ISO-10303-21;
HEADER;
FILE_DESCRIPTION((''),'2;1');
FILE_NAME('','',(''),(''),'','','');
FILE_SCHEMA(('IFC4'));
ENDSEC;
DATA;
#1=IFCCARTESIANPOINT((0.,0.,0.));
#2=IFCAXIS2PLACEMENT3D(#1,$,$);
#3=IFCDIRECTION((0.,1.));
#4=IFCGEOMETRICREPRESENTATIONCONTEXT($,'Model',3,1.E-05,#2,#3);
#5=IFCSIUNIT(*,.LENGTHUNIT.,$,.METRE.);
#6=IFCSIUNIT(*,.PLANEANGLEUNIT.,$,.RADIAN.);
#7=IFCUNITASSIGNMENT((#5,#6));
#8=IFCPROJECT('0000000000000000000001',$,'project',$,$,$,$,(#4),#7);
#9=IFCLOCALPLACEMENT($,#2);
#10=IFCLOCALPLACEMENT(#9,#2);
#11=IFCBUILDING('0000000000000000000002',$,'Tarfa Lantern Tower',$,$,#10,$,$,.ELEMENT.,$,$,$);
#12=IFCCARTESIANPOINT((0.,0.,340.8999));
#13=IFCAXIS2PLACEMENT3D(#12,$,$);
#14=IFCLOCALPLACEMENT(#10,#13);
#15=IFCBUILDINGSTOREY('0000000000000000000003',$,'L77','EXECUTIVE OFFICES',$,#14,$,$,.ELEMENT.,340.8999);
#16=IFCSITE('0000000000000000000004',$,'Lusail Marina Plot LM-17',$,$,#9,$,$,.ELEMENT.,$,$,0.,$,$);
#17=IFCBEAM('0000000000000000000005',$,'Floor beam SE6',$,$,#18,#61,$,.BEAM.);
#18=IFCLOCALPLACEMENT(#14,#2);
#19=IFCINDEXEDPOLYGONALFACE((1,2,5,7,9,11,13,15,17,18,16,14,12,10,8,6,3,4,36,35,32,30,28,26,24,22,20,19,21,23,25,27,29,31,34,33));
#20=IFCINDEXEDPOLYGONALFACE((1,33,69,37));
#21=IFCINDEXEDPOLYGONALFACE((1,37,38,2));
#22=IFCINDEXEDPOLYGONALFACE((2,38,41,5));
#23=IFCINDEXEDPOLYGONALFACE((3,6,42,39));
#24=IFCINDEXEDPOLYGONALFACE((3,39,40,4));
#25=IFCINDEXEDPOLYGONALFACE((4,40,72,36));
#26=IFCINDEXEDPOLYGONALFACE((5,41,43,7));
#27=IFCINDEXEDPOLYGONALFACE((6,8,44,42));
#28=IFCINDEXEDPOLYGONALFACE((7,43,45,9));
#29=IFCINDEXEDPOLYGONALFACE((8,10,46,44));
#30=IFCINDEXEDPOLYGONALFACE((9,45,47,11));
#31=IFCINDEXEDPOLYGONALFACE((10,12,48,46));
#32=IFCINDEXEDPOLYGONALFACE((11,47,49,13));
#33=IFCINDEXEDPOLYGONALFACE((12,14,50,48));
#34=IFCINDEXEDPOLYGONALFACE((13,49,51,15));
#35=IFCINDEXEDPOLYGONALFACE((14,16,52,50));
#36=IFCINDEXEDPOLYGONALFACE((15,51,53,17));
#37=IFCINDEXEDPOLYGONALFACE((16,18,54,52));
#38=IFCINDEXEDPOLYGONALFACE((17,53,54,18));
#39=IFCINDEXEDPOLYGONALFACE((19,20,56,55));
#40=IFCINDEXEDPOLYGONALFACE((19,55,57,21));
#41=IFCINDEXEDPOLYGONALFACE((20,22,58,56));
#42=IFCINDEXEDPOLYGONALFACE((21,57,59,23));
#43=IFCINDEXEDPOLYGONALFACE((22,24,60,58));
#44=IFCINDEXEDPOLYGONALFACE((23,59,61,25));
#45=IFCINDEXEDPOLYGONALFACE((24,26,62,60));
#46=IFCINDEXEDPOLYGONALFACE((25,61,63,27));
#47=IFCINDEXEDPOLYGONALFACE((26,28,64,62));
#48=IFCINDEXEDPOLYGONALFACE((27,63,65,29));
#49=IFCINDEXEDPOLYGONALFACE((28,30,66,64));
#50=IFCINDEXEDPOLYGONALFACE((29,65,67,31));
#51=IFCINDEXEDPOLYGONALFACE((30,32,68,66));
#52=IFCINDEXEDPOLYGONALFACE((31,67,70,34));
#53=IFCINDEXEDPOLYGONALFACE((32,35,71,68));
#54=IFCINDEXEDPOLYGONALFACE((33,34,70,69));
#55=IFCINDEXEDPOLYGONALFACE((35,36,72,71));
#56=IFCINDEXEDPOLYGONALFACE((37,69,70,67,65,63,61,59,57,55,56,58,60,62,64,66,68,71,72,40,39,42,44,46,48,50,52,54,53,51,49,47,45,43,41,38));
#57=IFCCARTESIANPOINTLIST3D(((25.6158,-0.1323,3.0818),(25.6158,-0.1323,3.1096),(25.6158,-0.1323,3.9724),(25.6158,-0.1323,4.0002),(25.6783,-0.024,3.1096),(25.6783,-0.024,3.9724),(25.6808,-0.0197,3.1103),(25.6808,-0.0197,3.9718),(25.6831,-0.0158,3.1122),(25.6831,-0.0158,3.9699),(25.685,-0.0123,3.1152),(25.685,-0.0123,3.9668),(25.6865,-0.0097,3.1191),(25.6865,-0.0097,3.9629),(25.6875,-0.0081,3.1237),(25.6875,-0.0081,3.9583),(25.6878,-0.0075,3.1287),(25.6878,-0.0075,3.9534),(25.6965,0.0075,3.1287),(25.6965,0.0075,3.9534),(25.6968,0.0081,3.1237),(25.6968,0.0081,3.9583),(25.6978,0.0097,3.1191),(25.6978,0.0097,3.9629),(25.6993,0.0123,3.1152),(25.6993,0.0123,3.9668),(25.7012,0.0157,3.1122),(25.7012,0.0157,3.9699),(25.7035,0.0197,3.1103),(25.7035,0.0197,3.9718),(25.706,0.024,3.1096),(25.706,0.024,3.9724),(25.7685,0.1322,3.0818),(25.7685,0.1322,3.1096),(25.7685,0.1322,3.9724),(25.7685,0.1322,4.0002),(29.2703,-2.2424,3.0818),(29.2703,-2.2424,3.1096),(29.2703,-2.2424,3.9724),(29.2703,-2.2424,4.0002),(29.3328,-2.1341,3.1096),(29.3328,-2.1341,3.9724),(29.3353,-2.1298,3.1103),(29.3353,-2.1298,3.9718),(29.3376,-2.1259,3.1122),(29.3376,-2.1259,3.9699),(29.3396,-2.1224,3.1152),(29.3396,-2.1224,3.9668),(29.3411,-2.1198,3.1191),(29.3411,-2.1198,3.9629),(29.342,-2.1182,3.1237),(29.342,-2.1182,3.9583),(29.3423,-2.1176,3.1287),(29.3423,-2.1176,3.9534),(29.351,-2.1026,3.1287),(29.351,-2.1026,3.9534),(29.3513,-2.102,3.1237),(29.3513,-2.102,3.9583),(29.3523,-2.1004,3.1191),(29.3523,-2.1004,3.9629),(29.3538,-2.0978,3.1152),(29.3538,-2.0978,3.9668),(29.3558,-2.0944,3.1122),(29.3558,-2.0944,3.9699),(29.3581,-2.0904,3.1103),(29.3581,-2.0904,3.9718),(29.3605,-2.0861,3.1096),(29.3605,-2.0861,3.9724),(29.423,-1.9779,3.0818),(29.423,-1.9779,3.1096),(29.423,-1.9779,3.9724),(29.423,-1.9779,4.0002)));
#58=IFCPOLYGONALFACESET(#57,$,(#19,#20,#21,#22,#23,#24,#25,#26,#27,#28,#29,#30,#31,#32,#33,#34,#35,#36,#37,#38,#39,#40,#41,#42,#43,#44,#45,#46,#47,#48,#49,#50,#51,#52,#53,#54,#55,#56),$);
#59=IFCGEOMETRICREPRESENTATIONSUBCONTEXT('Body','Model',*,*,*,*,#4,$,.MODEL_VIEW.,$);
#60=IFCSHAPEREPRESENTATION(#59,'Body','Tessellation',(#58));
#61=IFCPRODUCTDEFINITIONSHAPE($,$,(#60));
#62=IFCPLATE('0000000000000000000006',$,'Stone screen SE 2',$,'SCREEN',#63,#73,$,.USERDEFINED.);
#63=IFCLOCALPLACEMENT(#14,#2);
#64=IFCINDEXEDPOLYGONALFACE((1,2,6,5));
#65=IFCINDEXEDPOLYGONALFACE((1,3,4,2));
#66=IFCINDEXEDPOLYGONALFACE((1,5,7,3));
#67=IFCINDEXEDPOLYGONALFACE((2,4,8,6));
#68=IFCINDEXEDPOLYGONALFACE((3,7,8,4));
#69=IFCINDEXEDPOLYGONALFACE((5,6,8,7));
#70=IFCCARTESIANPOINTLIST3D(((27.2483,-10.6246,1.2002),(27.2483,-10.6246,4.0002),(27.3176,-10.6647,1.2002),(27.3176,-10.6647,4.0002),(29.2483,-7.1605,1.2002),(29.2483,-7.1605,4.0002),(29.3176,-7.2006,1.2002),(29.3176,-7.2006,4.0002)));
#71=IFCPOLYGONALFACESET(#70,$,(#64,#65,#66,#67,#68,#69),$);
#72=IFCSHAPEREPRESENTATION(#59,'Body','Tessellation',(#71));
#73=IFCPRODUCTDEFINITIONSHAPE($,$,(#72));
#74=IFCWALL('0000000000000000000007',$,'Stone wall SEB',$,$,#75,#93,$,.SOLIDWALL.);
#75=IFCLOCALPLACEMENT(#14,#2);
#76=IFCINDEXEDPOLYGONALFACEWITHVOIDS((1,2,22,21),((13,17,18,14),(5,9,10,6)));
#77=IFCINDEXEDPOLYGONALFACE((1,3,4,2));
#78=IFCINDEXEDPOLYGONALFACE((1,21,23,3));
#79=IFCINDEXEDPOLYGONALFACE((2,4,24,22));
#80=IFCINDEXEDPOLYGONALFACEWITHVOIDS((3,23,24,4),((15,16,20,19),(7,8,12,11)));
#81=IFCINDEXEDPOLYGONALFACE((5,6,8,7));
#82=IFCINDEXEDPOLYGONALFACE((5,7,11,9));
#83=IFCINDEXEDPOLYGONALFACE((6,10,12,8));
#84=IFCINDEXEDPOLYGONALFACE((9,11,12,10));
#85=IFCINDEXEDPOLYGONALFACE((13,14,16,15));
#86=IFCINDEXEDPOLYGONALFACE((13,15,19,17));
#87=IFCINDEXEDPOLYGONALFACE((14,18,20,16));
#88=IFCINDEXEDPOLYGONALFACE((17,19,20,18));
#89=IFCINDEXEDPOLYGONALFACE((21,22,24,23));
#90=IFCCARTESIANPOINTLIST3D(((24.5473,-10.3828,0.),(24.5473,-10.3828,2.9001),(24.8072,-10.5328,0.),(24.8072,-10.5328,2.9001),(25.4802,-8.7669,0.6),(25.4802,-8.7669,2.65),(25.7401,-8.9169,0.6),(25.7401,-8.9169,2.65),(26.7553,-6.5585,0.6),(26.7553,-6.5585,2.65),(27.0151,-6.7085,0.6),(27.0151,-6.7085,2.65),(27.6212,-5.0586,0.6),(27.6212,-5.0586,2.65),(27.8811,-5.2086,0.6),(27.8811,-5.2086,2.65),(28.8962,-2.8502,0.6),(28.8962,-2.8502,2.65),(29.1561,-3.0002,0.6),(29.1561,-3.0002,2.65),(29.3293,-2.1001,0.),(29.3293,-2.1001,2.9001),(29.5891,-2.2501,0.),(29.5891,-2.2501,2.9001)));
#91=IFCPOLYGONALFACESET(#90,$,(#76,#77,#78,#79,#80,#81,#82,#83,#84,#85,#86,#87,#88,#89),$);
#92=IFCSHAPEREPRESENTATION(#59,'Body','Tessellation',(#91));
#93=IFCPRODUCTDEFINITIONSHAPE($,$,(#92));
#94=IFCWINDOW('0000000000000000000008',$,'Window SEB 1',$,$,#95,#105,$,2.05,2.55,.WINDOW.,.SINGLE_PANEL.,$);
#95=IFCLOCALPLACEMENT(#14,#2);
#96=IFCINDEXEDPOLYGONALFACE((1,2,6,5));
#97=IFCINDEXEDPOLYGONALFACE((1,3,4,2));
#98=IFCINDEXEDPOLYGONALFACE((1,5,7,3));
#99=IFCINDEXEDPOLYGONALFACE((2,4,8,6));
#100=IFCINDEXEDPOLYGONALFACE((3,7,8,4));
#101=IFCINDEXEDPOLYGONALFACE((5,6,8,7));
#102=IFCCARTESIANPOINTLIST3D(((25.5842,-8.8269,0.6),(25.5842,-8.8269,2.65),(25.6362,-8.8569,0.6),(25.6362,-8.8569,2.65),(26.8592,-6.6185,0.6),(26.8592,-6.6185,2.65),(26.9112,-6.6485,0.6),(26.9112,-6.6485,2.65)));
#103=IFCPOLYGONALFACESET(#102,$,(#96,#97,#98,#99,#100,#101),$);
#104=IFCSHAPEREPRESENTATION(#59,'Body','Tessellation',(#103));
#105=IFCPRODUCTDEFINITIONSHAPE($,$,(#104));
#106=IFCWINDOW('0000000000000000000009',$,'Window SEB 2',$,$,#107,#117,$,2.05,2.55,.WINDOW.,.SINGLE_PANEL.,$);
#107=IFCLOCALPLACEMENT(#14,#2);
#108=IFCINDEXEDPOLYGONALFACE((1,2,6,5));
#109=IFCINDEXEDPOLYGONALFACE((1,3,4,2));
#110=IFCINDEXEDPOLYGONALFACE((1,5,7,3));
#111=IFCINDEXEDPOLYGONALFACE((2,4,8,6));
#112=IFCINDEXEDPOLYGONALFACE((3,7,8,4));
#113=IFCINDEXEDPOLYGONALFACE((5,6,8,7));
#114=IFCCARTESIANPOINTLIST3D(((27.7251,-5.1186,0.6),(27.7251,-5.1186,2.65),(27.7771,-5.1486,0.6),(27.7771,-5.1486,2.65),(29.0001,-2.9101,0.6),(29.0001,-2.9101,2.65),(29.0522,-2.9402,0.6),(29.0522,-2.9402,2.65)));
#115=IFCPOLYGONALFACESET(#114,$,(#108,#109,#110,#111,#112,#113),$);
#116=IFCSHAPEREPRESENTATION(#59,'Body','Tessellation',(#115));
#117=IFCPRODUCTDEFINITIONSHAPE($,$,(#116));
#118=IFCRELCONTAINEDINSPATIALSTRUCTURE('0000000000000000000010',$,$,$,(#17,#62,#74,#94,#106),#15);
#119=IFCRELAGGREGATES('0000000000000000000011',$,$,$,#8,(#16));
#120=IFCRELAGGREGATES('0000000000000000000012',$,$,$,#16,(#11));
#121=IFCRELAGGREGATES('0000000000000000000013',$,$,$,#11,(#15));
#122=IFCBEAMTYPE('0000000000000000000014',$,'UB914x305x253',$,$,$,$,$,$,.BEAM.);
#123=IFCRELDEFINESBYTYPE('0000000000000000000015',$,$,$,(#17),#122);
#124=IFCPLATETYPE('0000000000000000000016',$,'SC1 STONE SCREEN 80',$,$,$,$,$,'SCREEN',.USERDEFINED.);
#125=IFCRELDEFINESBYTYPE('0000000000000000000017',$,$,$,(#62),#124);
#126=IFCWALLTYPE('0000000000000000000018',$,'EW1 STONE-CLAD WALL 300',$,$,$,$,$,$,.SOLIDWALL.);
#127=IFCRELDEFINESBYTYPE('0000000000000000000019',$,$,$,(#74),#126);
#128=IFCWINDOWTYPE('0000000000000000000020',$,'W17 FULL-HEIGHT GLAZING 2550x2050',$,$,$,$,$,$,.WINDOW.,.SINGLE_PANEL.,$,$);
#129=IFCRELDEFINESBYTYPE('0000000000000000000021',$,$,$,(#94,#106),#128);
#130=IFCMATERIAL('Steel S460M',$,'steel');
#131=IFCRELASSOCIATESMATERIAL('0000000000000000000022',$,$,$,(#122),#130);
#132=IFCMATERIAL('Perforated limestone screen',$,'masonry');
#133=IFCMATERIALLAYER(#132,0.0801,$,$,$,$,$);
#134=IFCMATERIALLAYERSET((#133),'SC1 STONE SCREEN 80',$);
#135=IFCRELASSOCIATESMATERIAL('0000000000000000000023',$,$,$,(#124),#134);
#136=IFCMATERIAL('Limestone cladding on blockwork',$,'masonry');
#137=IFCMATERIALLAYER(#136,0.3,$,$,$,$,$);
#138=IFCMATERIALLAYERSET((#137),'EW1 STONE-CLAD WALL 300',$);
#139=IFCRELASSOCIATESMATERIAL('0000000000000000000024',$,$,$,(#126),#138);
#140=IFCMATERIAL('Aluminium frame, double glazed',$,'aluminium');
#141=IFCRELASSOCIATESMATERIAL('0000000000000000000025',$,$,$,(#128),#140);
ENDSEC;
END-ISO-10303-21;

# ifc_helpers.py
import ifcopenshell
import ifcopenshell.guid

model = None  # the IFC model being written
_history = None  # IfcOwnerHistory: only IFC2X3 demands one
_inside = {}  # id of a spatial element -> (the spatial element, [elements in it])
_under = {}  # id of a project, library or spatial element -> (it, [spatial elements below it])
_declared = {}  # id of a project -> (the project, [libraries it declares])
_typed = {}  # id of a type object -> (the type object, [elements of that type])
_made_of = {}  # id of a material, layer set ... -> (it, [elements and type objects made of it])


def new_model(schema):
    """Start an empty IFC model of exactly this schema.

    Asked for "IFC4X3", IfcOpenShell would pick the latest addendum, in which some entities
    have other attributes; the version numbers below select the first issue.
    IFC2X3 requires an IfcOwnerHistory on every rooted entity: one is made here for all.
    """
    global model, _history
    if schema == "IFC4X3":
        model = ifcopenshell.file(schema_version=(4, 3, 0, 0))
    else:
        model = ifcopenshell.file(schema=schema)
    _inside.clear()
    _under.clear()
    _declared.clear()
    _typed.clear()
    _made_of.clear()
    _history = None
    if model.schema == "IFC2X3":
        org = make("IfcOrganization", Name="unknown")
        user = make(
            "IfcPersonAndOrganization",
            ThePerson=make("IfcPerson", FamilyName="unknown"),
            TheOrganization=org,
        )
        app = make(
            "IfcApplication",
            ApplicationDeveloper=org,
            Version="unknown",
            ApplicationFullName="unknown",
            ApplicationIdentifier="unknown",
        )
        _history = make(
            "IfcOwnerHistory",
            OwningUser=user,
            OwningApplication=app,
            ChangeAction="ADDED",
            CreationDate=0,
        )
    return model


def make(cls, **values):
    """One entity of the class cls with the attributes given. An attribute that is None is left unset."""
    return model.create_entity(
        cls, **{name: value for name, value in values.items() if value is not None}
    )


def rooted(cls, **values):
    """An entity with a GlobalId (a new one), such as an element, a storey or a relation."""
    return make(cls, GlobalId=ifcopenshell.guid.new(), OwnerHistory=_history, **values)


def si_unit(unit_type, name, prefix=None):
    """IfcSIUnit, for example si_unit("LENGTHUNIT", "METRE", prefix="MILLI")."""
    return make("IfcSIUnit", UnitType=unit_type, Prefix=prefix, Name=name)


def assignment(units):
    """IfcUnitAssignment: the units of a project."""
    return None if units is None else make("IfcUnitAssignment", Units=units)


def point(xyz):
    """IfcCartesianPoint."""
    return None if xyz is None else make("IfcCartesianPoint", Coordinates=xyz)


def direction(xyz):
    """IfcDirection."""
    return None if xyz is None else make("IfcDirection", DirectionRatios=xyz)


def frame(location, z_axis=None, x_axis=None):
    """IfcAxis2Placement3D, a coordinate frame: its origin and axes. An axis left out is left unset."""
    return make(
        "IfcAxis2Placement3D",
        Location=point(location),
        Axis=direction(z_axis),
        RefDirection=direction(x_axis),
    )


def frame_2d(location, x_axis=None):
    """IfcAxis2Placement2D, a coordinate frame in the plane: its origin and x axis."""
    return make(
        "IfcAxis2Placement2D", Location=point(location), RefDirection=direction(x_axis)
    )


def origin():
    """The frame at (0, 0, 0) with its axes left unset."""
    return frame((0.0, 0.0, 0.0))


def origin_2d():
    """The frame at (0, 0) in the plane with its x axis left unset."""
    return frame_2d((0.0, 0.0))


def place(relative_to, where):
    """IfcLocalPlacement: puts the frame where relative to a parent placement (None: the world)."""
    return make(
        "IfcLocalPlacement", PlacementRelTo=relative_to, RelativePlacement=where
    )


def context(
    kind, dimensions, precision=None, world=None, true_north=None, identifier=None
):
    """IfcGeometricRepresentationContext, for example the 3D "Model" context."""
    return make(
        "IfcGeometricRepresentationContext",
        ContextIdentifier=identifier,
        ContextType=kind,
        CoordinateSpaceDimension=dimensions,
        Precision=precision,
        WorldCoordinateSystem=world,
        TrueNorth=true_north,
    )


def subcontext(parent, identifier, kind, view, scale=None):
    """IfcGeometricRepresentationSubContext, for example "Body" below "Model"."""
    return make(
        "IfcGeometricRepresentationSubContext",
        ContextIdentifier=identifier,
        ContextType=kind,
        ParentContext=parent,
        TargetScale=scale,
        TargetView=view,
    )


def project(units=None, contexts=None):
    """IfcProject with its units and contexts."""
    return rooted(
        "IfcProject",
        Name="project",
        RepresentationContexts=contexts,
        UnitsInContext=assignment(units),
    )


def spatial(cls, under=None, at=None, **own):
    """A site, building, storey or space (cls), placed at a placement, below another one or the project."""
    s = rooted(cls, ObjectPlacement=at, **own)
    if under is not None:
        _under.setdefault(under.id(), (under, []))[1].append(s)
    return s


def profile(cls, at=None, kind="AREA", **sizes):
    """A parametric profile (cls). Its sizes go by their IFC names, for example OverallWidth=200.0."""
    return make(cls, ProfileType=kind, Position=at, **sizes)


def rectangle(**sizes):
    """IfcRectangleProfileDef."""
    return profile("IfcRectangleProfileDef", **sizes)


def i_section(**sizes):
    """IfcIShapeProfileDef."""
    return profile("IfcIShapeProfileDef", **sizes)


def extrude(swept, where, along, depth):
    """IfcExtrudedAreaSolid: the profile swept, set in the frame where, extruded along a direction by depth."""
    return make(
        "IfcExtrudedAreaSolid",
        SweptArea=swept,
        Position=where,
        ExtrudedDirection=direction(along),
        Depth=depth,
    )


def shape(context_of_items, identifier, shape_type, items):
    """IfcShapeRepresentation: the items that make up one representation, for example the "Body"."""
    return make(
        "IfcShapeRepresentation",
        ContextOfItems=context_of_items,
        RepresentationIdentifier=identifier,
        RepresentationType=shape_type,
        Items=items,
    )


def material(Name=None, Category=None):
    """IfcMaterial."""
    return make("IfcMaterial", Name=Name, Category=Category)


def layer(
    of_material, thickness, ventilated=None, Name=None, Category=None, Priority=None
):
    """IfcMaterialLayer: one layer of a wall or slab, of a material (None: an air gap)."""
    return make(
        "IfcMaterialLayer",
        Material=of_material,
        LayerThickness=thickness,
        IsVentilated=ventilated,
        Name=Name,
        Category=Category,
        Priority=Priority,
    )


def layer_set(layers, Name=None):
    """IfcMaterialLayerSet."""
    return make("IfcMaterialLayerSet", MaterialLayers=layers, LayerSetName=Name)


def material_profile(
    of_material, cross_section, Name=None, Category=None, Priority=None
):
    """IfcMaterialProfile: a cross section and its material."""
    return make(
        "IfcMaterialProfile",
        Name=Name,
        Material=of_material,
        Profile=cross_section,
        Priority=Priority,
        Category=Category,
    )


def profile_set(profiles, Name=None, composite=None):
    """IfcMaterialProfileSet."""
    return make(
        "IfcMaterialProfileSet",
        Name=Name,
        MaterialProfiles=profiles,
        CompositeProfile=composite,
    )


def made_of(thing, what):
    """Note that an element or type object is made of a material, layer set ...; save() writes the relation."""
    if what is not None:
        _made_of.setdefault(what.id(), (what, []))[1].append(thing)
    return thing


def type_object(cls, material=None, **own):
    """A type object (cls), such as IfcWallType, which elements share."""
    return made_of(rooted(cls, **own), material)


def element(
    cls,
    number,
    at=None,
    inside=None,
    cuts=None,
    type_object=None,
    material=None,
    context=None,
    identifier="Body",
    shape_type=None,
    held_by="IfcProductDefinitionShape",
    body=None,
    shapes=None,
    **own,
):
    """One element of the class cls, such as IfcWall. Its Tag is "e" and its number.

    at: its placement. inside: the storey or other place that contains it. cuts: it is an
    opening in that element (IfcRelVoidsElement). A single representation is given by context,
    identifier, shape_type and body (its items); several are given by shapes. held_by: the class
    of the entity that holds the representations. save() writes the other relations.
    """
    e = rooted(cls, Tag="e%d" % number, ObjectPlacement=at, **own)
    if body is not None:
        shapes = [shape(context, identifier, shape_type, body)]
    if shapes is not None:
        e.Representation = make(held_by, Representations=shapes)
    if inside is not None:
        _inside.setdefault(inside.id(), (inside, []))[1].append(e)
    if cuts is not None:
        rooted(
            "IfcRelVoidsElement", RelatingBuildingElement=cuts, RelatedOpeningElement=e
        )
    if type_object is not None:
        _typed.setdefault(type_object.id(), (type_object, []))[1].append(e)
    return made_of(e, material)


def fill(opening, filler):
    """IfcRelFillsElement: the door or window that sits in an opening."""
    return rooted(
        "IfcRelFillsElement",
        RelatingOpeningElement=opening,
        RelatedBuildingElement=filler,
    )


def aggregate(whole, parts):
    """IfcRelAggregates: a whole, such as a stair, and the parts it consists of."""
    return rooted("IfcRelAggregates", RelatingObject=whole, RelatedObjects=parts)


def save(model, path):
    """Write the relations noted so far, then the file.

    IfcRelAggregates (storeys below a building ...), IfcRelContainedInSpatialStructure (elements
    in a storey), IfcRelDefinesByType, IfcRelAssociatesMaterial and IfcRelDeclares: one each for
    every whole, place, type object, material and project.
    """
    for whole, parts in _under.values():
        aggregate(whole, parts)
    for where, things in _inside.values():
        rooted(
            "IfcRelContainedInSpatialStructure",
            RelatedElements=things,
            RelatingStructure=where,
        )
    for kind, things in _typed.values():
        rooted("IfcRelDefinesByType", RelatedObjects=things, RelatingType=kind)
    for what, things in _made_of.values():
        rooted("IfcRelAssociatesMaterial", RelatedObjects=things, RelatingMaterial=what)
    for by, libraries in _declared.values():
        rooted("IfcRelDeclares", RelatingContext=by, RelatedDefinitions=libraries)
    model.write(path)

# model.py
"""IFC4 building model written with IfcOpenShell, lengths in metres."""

from ifc_helpers import new_model, si_unit, direction, frame, frame_2d, origin, origin_2d, place, context, subcontext, project, spatial, rectangle, i_section, extrude, material, layer, layer_set, material_profile, profile_set, type_object, element, fill, save


model = new_model("IFC4")

# Units and contexts
model_context = context("Model", 3, precision=1e-05, world=origin(), true_north=direction((0.0, 1.0)))
body_context = subcontext(model_context, "Body", "Model", "MODEL_VIEW")
ifc_project = project(units=[si_unit("LENGTHUNIT", "METRE"), si_unit("PLANEANGLEUNIT", "RADIAN")], contexts=[model_context])

# Site, building, storey
site_placement = place(None, origin())
site = spatial("IfcSite", under=ifc_project, at=site_placement, Name="Lusail Marina Plot LM-17", CompositionType="ELEMENT", RefElevation=0.0)
building_placement = place(site_placement, origin())
building = spatial("IfcBuilding", under=site, at=building_placement, Name="Tarfa Lantern Tower", CompositionType="ELEMENT")
storey_placement = place(building_placement, frame((0.0, 0.0, 340.8999)))
storey = spatial("IfcBuildingStorey", under=building, at=storey_placement, Name="L77", Description="EXECUTIVE OFFICES", CompositionType="ELEMENT", Elevation=340.8999)

# Beam
ifc_material_1 = material(Name="Steel S460M", Category="steel")
ifc_material_profile_1 = material_profile(ifc_material_1, i_section(OverallWidth=0.3054, OverallDepth=0.9185, WebThickness=0.0173, FlangeThickness=0.0278, FilletRadius=0.019, at=origin_2d()), Name="UB914x305x253")
ifc_profile_set_1 = profile_set([ifc_material_profile_1], Name="Steel S460M")
beam_type_1 = type_object("IfcBeamType", Name="UB914x305x253", PredefinedType="BEAM", material=ifc_profile_set_1)
beam_1_placement = place(storey_placement, frame((29.3467, -2.1101, 3.541), z_axis=(-0.866009, 0.500028, 0.0), x_axis=(-0.500028, -0.866009, 0.0)))
element("IfcBeam", 1, at=beam_1_placement, inside=storey, type_object=beam_type_1, Name="Floor beam SE6", PredefinedType="BEAM", context=body_context, shape_type="SweptSolid", body=[
    extrude(i_section(OverallWidth=0.3054, OverallDepth=0.9185, WebThickness=0.0173, FlangeThickness=0.0278, FilletRadius=0.019, at=origin_2d()), origin(), (0.0, 0.0, 1.0), 4.22),
])

# Plate
ifc_material_2 = material(Name="Perforated limestone screen", Category="masonry")
ifc_layer_1 = layer(ifc_material_2, 0.0801)
ifc_layer_set_1 = layer_set([ifc_layer_1], Name="SC1 STONE SCREEN 80")
plate_type = type_object("IfcPlateType", Name="SC1 STONE SCREEN 80", ElementType="SCREEN", PredefinedType="USERDEFINED", material=ifc_layer_set_1)
plate_placement = place(storey_placement, frame((28.283, -8.9126, 1.2002), z_axis=(0.0, 0.0, 1.0), x_axis=(0.5, 0.866025, 0.0)))
element("IfcPlate", 2, at=plate_placement, inside=storey, type_object=plate_type, Name="Stone screen SE 2", ObjectType="SCREEN", PredefinedType="USERDEFINED", context=body_context, shape_type="SweptSolid", body=[
    extrude(rectangle(XDim=4.0, YDim=0.0801, at=origin_2d()), origin(), (0.0, 0.0, 1.0), 2.8),
])

# Wall, openings, windows
ifc_material_3 = material(Name="Limestone cladding on blockwork", Category="masonry")
ifc_layer_2 = layer(ifc_material_3, 0.3)
ifc_layer_set_2 = layer_set([ifc_layer_2], Name="EW1 STONE-CLAD WALL 300")
wall_type = type_object("IfcWallType", Name="EW1 STONE-CLAD WALL 300", PredefinedType="SOLIDWALL", material=ifc_layer_set_2)
wall_placement = place(storey_placement, frame((24.6772, -10.4578, 0.0), z_axis=(0.0, 0.0, 1.0), x_axis=(0.499996, 0.866027, 0.0)))
wall = element("IfcWall", 3, at=wall_placement, inside=storey, type_object=wall_type, Name="Stone wall SEB", PredefinedType="SOLIDWALL", context=body_context, shape_type="SweptSolid", body=[
    extrude(rectangle(XDim=9.564, YDim=0.3, at=frame_2d((4.782, 0.0))), origin(), (0.0, 0.0, 1.0), 2.9001),
])
opening_1_placement = place(wall_placement, frame((1.866, 0.0, 0.6001)))
opening_1 = element("IfcOpeningElement", 4, at=opening_1_placement, cuts=wall, PredefinedType="OPENING", context=body_context, shape_type="SweptSolid", body=[
    extrude(rectangle(XDim=2.55, YDim=2.05, at=frame_2d((1.2749, 1.0249))), frame((0.0, 0.1599, 0.0), z_axis=(0.0, -1.0, 0.0), x_axis=(1.0, 0.0, 0.0)), (0.0, 0.0, 1.0), 0.3201),
])
opening_2_placement = place(wall_placement, frame((6.1479, 0.0, 0.6001)))
opening_2 = element("IfcOpeningElement", 5, at=opening_2_placement, cuts=wall, PredefinedType="OPENING", context=body_context, shape_type="SweptSolid", body=[
    extrude(rectangle(XDim=2.55, YDim=2.05, at=frame_2d((1.2749, 1.0249))), frame((0.0, 0.1599, 0.0), z_axis=(0.0, -1.0, 0.0), x_axis=(1.0, 0.0, 0.0)), (0.0, 0.0, 1.0), 0.3201),
])
ifc_material_4 = material(Name="Aluminium frame, double glazed", Category="aluminium")
window_type = type_object("IfcWindowType", Name="W17 FULL-HEIGHT GLAZING 2550x2050", PartitioningType="SINGLE_PANEL", PredefinedType="WINDOW", material=ifc_material_4)
window_1_placement = place(opening_1_placement, origin())
window_1 = element("IfcWindow", 6, at=window_1_placement, inside=storey, type_object=window_type, Name="Window SEB 1", OverallHeight=2.05, OverallWidth=2.55, PartitioningType="SINGLE_PANEL", PredefinedType="WINDOW", context=body_context, shape_type="SweptSolid", body=[
    extrude(rectangle(XDim=2.55, YDim=2.05, at=frame_2d((1.2749, 1.0249))), frame((0.0, 0.03, 0.0), z_axis=(0.0, -1.0, 0.0), x_axis=(1.0, 0.0, 0.0)), (0.0, 0.0, 1.0), 0.0601),
])
fill(opening_1, window_1)
window_2_placement = place(opening_2_placement, origin())
window_2 = element("IfcWindow", 7, at=window_2_placement, inside=storey, type_object=window_type, Name="Window SEB 2", OverallHeight=2.05, OverallWidth=2.55, PartitioningType="SINGLE_PANEL", PredefinedType="WINDOW", context=body_context, shape_type="SweptSolid", body=[
    extrude(rectangle(XDim=2.55, YDim=2.05, at=frame_2d((1.2749, 1.0249))), frame((0.0, 0.03, 0.0), z_axis=(0.0, -1.0, 0.0), x_axis=(1.0, 0.0, 0.0)), (0.0, 0.0, 1.0), 0.0601),
])
fill(opening_2, window_2)

save(model, "model.ifc")
